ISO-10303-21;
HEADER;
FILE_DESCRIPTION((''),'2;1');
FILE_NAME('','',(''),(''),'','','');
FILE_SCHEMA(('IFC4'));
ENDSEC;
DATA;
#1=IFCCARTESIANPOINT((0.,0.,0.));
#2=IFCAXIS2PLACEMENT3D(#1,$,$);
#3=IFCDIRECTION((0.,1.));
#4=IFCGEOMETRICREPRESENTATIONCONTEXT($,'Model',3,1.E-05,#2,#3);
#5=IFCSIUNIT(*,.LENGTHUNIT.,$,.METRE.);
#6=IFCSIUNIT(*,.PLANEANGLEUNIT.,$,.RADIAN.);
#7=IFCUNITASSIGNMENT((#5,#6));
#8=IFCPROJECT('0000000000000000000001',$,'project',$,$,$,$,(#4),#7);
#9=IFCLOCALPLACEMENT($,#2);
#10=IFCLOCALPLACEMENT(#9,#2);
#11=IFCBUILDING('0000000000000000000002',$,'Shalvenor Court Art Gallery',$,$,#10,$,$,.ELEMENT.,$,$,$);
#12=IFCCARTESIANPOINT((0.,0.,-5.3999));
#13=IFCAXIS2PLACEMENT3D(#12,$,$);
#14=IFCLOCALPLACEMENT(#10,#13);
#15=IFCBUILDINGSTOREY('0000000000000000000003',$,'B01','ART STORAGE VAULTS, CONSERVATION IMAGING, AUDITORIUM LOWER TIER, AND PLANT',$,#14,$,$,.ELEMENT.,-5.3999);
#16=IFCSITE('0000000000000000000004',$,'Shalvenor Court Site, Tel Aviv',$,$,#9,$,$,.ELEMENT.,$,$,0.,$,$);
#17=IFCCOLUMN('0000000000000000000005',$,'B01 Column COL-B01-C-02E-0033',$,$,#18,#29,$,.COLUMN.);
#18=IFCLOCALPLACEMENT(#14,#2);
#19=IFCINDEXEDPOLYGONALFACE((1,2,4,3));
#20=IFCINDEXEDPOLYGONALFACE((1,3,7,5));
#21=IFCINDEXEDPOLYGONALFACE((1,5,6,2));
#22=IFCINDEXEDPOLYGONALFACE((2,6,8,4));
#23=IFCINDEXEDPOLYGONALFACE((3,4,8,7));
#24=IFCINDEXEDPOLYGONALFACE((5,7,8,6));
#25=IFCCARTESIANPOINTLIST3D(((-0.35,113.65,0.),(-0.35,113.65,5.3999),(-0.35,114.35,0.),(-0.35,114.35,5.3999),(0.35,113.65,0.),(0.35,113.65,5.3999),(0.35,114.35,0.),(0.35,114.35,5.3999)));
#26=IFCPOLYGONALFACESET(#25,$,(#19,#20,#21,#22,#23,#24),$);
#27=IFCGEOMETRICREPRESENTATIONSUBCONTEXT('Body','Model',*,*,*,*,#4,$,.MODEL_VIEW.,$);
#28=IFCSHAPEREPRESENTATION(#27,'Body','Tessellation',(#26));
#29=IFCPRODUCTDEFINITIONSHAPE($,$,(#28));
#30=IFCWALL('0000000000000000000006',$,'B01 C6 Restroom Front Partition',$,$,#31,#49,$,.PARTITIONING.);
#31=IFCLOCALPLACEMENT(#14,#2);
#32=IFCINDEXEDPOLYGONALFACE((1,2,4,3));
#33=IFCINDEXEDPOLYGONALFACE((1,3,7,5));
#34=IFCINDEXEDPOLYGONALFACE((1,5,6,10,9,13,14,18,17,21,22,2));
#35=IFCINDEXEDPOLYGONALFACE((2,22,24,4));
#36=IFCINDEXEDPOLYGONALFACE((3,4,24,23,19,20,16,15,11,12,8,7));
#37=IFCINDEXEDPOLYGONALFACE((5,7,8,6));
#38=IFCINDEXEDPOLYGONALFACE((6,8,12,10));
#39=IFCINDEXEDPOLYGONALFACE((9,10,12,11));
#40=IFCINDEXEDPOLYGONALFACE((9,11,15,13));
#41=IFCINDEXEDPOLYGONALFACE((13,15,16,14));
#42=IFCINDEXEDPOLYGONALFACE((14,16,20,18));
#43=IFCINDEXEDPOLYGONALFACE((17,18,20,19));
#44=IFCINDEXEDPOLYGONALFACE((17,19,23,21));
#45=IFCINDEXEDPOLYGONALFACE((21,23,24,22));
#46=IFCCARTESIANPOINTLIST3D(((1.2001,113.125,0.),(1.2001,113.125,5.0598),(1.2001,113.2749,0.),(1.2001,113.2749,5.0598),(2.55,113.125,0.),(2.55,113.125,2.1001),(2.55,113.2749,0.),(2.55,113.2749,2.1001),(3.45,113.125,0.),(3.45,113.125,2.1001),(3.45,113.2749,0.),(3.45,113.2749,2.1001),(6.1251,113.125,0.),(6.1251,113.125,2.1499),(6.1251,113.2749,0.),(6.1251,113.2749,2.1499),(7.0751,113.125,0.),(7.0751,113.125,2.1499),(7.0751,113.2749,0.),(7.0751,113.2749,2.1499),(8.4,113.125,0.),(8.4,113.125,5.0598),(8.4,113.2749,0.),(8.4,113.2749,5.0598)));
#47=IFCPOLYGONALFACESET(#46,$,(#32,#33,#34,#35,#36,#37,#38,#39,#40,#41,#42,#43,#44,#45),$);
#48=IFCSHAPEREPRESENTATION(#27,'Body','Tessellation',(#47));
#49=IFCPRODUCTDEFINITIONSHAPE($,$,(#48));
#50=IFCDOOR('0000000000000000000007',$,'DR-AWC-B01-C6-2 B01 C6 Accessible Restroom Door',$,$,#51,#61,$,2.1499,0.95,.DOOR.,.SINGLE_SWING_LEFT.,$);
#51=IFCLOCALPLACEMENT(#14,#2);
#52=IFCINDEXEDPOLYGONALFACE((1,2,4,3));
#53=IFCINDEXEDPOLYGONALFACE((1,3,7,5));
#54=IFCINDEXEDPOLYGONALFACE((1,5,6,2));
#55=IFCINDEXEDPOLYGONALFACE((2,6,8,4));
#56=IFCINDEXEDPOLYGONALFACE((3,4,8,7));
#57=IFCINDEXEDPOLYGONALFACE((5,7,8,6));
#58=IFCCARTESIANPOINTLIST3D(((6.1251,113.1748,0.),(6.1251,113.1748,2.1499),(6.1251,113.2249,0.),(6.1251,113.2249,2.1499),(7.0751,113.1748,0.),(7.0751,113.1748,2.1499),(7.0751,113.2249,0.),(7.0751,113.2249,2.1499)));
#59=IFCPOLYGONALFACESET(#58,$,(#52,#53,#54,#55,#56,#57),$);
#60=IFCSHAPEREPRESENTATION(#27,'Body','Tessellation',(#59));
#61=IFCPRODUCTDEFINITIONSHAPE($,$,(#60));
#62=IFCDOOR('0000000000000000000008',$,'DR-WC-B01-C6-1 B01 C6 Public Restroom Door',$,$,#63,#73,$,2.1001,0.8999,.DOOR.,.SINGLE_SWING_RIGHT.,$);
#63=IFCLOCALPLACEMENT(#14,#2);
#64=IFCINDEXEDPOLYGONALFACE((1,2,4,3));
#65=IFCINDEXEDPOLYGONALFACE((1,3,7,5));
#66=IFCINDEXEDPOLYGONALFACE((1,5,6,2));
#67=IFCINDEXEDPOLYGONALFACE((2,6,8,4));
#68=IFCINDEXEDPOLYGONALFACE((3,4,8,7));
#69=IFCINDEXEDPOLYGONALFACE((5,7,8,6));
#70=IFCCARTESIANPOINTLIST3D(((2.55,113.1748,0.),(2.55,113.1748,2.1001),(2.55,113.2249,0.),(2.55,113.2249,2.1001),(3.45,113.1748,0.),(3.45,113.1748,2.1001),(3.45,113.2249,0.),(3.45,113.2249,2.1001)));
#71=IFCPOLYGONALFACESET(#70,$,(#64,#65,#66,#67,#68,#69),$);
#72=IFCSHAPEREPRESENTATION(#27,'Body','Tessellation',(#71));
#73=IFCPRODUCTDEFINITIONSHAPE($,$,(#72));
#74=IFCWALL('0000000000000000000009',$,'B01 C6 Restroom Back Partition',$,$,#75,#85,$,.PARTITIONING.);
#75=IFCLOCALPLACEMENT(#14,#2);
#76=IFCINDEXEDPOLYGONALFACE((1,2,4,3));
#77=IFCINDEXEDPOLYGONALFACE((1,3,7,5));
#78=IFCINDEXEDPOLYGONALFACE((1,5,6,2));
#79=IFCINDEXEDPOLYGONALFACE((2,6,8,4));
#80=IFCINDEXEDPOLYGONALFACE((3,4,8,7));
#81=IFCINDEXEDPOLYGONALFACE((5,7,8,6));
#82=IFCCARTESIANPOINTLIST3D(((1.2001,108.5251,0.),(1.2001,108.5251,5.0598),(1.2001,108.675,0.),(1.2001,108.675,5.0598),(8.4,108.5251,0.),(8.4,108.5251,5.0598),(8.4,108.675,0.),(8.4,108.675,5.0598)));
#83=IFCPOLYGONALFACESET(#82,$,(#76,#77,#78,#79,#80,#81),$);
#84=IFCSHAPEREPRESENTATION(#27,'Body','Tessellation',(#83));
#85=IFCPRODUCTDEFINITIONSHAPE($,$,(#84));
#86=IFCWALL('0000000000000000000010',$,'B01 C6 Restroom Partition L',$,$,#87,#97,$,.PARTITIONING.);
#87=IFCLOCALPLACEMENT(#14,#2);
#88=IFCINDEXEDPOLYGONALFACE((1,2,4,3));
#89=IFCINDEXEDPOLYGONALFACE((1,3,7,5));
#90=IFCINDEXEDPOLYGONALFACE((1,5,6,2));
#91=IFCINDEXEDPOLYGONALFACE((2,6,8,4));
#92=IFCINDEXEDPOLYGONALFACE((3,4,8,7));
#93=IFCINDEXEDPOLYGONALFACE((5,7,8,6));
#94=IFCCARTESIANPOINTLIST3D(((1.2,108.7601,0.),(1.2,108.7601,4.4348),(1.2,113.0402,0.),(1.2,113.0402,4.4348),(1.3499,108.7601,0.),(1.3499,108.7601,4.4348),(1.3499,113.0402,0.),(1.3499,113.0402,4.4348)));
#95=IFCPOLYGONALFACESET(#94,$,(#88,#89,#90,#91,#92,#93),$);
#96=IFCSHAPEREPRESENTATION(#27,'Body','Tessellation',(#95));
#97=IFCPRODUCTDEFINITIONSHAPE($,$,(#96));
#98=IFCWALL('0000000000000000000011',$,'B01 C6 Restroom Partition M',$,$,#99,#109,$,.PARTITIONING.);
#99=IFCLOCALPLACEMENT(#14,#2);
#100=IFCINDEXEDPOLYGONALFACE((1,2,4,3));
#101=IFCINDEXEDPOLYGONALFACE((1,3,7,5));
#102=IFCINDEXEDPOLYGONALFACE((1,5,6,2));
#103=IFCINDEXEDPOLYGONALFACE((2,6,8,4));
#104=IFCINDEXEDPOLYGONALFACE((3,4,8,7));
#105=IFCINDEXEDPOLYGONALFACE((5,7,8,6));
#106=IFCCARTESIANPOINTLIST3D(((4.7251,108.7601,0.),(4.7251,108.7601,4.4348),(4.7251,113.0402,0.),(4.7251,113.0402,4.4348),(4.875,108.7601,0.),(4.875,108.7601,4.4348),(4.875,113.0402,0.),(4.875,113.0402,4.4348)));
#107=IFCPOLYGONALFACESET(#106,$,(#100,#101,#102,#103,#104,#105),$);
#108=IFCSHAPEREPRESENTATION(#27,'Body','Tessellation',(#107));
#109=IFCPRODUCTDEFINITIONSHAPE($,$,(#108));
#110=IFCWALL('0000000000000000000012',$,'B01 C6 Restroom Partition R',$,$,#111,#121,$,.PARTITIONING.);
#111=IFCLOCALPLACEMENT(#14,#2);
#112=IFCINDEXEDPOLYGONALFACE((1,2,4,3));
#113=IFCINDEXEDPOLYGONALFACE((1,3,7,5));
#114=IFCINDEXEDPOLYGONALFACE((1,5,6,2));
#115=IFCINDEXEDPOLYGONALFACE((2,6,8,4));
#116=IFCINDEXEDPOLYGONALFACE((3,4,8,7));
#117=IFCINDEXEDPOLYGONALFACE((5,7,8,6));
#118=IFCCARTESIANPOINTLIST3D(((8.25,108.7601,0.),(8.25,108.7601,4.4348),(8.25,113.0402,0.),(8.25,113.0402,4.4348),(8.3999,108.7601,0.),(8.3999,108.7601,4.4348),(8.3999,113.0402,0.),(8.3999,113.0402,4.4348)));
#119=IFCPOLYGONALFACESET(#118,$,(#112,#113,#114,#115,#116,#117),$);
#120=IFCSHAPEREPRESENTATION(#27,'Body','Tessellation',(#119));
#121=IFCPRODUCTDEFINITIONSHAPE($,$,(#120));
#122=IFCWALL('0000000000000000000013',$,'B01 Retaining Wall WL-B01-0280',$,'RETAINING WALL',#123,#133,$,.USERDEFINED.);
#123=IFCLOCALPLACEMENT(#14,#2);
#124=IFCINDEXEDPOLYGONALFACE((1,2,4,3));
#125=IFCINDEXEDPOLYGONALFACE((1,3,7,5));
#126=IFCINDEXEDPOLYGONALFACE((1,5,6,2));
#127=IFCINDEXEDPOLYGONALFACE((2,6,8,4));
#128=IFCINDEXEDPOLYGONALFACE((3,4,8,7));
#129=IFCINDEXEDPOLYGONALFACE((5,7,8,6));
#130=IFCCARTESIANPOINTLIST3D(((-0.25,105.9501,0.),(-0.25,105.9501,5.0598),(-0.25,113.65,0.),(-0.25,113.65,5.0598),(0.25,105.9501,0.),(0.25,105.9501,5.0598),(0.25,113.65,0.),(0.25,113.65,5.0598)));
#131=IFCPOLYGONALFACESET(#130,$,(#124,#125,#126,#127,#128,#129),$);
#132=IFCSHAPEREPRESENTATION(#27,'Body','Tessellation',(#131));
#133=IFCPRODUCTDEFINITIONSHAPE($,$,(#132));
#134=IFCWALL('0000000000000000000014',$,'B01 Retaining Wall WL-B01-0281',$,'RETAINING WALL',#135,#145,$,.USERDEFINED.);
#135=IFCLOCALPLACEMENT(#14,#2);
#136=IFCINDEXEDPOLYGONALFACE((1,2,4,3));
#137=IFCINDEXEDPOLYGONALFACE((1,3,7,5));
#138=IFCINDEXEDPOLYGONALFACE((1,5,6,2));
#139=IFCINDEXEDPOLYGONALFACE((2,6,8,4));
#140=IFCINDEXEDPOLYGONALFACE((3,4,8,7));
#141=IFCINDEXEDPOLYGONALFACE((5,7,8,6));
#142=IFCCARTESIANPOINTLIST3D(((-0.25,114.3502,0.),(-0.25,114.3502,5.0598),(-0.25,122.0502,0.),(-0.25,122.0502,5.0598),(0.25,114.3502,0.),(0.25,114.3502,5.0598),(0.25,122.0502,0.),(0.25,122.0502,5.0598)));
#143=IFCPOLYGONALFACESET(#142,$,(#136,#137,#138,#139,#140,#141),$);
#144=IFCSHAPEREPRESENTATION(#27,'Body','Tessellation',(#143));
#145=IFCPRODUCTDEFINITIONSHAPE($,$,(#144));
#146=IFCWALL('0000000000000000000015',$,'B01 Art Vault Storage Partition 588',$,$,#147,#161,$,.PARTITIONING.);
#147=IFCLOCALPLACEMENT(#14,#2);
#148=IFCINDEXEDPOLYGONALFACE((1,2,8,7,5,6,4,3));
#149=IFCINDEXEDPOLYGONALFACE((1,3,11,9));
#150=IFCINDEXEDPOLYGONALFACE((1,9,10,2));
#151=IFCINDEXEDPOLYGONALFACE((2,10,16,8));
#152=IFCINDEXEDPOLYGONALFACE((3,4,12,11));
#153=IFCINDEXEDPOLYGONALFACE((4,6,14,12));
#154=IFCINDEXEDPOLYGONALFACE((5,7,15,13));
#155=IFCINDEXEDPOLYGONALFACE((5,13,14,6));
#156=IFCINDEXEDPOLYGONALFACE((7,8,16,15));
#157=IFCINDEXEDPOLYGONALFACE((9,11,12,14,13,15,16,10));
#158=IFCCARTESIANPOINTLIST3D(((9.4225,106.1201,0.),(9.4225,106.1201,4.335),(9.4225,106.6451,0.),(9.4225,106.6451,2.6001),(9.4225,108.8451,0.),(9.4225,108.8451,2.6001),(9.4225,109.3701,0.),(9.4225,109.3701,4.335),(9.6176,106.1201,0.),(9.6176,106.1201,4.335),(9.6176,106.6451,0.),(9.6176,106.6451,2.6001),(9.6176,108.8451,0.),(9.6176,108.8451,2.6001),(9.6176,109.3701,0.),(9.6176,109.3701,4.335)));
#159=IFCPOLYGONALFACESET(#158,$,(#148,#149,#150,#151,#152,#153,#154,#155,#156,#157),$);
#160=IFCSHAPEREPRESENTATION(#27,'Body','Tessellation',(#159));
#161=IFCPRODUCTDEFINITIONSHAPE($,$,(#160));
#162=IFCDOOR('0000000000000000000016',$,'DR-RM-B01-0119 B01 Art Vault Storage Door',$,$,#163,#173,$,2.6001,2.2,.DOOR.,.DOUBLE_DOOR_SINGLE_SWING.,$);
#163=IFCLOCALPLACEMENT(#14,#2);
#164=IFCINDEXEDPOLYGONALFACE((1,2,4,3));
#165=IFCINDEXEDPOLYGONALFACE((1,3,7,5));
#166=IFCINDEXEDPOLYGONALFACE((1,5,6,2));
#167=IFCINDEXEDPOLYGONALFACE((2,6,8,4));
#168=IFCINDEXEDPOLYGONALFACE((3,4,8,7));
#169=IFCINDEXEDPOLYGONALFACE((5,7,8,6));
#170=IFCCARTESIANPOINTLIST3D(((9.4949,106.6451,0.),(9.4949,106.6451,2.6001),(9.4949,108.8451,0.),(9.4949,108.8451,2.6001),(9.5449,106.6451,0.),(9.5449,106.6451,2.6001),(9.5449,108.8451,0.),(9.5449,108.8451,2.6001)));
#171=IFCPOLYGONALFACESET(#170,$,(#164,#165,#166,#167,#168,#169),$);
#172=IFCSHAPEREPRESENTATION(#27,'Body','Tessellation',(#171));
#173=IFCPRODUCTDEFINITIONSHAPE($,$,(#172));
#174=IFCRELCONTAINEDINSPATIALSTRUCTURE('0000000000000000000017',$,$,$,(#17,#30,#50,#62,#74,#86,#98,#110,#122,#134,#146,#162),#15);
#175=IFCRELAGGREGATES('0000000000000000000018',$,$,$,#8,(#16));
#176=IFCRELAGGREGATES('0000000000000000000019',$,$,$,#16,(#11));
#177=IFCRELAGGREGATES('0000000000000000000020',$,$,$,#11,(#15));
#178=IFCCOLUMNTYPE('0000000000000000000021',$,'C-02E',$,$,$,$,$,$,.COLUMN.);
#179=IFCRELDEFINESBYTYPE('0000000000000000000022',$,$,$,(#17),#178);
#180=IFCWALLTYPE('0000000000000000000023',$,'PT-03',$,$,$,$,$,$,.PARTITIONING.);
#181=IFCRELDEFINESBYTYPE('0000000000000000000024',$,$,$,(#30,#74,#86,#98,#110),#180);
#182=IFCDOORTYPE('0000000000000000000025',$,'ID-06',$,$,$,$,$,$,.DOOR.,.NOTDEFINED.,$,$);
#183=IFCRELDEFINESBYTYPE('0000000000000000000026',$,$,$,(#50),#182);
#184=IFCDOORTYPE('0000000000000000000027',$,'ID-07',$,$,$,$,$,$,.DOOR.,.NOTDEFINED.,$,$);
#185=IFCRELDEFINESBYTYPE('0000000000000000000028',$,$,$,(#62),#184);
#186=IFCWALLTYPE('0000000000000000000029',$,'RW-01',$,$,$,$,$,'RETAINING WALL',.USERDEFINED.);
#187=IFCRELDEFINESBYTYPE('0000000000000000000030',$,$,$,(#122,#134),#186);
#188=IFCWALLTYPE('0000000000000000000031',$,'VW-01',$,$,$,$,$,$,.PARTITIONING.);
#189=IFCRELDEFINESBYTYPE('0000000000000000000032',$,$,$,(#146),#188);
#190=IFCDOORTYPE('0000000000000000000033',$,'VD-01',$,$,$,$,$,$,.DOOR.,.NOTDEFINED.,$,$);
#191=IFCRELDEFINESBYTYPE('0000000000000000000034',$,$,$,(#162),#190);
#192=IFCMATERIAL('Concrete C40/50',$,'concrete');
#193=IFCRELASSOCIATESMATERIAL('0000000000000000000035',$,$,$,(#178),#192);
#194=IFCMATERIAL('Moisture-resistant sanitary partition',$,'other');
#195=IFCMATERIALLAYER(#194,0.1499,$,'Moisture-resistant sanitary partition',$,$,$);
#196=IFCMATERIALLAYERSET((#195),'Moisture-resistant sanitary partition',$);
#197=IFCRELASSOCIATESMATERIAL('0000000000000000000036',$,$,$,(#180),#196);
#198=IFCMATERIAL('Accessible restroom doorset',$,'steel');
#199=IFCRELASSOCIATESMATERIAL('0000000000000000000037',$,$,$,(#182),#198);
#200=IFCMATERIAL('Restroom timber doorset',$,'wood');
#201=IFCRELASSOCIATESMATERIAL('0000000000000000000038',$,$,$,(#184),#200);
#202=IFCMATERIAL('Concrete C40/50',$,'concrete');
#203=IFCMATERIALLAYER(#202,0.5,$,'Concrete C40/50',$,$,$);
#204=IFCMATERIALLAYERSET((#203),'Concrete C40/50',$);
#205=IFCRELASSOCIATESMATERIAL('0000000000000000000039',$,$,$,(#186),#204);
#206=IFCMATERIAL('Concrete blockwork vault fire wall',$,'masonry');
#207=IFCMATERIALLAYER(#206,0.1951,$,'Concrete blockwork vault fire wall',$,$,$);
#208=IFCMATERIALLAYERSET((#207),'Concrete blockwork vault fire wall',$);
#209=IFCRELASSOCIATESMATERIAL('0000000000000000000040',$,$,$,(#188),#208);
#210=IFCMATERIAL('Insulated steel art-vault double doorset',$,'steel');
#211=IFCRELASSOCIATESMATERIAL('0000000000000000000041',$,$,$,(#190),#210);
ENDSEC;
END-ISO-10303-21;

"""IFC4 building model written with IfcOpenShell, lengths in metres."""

from ifc_helpers import new_model, si_unit, direction, frame, frame_2d, origin, origin_2d, place, context, subcontext, project, spatial, rectangle, extrude, material, layer, layer_set, material_profile, profile_set, type_object, element, fill, save


model = new_model("IFC4")

# Units and contexts
model_context = context("Model", 3, precision=1e-05, world=origin(), true_north=direction((0.0, 1.0)))
body_context = subcontext(model_context, "Body", "Model", "MODEL_VIEW")
ifc_project = project(units=[si_unit("LENGTHUNIT", "METRE"), si_unit("PLANEANGLEUNIT", "RADIAN")], contexts=[model_context])

# Site, building, storey
site_placement = place(None, origin())
site = spatial("IfcSite", under=ifc_project, at=site_placement, Name="Shalvenor Court Site, Tel Aviv", CompositionType="ELEMENT", RefElevation=0.0)
building_placement = place(site_placement, origin())
building = spatial("IfcBuilding", under=site, at=building_placement, Name="Shalvenor Court Art Gallery", CompositionType="ELEMENT")
storey_placement = place(building_placement, frame((0.0, 0.0, -5.3999)))
storey = spatial("IfcBuildingStorey", under=building, at=storey_placement, Name="B01", Description="ART STORAGE VAULTS, CONSERVATION IMAGING, AUDITORIUM LOWER TIER, AND PLANT", CompositionType="ELEMENT", Elevation=-5.3999)

# Column
ifc_material_1 = material(Name="Concrete C40/50", Category="concrete")
ifc_material_profile_1 = material_profile(ifc_material_1, rectangle(XDim=0.7, YDim=0.7, at=origin_2d()), Name="RC 700x700")
ifc_profile_set_1 = profile_set([ifc_material_profile_1], Name="Concrete C40/50")
column_type_1 = type_object("IfcColumnType", Name="C-02E", PredefinedType="COLUMN", material=ifc_profile_set_1)
column_1_placement = place(storey_placement, frame((0.0, 114.0, 0.0), z_axis=(0.0, 0.0, 1.0), x_axis=(1.0, 0.0, 0.0)))
element("IfcColumn", 1, at=column_1_placement, inside=storey, type_object=column_type_1, Name="B01 Column COL-B01-C-02E-0033", PredefinedType="COLUMN", context=body_context, shape_type="SweptSolid", body=[
    extrude(rectangle(XDim=0.7, YDim=0.7, at=origin_2d()), origin(), (0.0, 0.0, 1.0), 5.3999),
])

# Wall, openings, doors
ifc_material_2 = material(Name="Moisture-resistant sanitary partition", Category="other")
ifc_layer_1 = layer(ifc_material_2, 0.1499, Name="Moisture-resistant sanitary partition")
ifc_layer_set_1 = layer_set([ifc_layer_1], Name="Moisture-resistant sanitary partition")
wall_type_1 = type_object("IfcWallType", Name="PT-03", PredefinedType="PARTITIONING", material=ifc_layer_set_1)
wall_1_placement = place(storey_placement, frame((1.2, 113.2, 0.0), z_axis=(0.0, 0.0, 1.0), x_axis=(1.0, 0.0, 0.0)))
wall_1 = element("IfcWall", 2, at=wall_1_placement, inside=storey, type_object=wall_type_1, Name="B01 C6 Restroom Front Partition", PredefinedType="PARTITIONING", context=body_context, shape_type="SweptSolid", body=[
    extrude(rectangle(XDim=7.2, YDim=0.1499, at=frame_2d((3.6001, 0.0))), origin(), (0.0, 0.0, 1.0), 5.0598),
])
opening_1_placement = place(wall_1_placement, frame((1.3501, 0.0, 0.0)))
opening_1 = element("IfcOpeningElement", 3, at=opening_1_placement, cuts=wall_1, PredefinedType="OPENING", context=body_context, shape_type="SweptSolid", body=[
    extrude(rectangle(XDim=0.8999, YDim=2.1001, at=frame_2d((0.45, 1.05))), frame((0.0, 0.085, 0.0), z_axis=(0.0, -1.0, 0.0), x_axis=(1.0, 0.0, 0.0)), (0.0, 0.0, 1.0), 0.1699),
])
opening_2_placement = place(wall_1_placement, frame((4.925, 0.0, 0.0)))
opening_2 = element("IfcOpeningElement", 4, at=opening_2_placement, cuts=wall_1, PredefinedType="OPENING", context=body_context, shape_type="SweptSolid", body=[
    extrude(rectangle(XDim=0.95, YDim=2.1499, at=frame_2d((0.4751, 1.075))), frame((0.0, 0.085, 0.0), z_axis=(0.0, -1.0, 0.0), x_axis=(1.0, 0.0, 0.0)), (0.0, 0.0, 1.0), 0.1699),
])
ifc_material_3 = material(Name="Accessible restroom doorset", Category="steel")
door_type_1 = type_object("IfcDoorType", Name="ID-06", OperationType="NOTDEFINED", PredefinedType="DOOR", material=ifc_material_3)
door_1_placement = place(opening_2_placement, origin())
door_1 = element("IfcDoor", 5, at=door_1_placement, inside=storey, type_object=door_type_1, Name="DR-AWC-B01-C6-2 B01 C6 Accessible Restroom Door", OperationType="SINGLE_SWING_LEFT", OverallHeight=2.1499, OverallWidth=0.95, PredefinedType="DOOR", context=body_context, shape_type="SweptSolid", body=[
    extrude(rectangle(XDim=0.95, YDim=2.1499, at=frame_2d((0.4751, 1.075))), frame((0.0, 0.0249, 0.0), z_axis=(0.0, -1.0, 0.0), x_axis=(1.0, 0.0, 0.0)), (0.0, 0.0, 1.0), 0.05),
])
fill(opening_2, door_1)
ifc_material_4 = material(Name="Restroom timber doorset", Category="wood")
door_type_2 = type_object("IfcDoorType", Name="ID-07", OperationType="NOTDEFINED", PredefinedType="DOOR", material=ifc_material_4)
door_2_placement = place(opening_1_placement, origin())
door_2 = element("IfcDoor", 6, at=door_2_placement, inside=storey, type_object=door_type_2, Name="DR-WC-B01-C6-1 B01 C6 Public Restroom Door", OperationType="SINGLE_SWING_RIGHT", OverallHeight=2.1001, OverallWidth=0.8999, PredefinedType="DOOR", context=body_context, shape_type="SweptSolid", body=[
    extrude(rectangle(XDim=0.8999, YDim=2.1001, at=frame_2d((0.45, 1.05))), frame((0.0, 0.0249, 0.0), z_axis=(0.0, -1.0, 0.0), x_axis=(1.0, 0.0, 0.0)), (0.0, 0.0, 1.0), 0.05),
])
fill(opening_1, door_2)

# Walls
wall_2_placement = place(storey_placement, frame((1.2, 108.6001, 0.0), z_axis=(0.0, 0.0, 1.0), x_axis=(1.0, 0.0, 0.0)))
element("IfcWall", 7, at=wall_2_placement, inside=storey, type_object=wall_type_1, Name="B01 C6 Restroom Back Partition", PredefinedType="PARTITIONING", context=body_context, shape_type="SweptSolid", body=[
    extrude(rectangle(XDim=7.2, YDim=0.1499, at=frame_2d((3.6001, 0.0))), origin(), (0.0, 0.0, 1.0), 5.0598),
])
for number, where, z_axis, x_axis, name in (
    (8, (1.2749, 108.76, 0.0), (0.0, 0.0, 1.0), (0.0, 1.0, 0.0), "B01 C6 Restroom Partition L"),
    (9, (4.8, 108.76, 0.0), (0.0, 0.0, 1.0), (0.0, 1.0, 0.0), "B01 C6 Restroom Partition M"),
    (10, (8.325, 108.76, 0.0), (0.0, 0.0, 1.0), (0.0, 1.0, 0.0), "B01 C6 Restroom Partition R"),
):
    element("IfcWall", number, at=place(storey_placement, frame(where, z_axis=z_axis, x_axis=x_axis)), inside=storey, type_object=wall_type_1, Name=name, PredefinedType="PARTITIONING", context=body_context, shape_type="SweptSolid", body=[
        extrude(rectangle(XDim=4.28, YDim=0.1499, at=frame_2d((2.1401, 0.0))), origin(), (0.0, 0.0, 1.0), 4.4348),
    ])
ifc_material_5 = material(Name="Concrete C40/50", Category="concrete")
ifc_layer_2 = layer(ifc_material_5, 0.5, Name="Concrete C40/50")
ifc_layer_set_2 = layer_set([ifc_layer_2], Name="Concrete C40/50")
wall_type_2 = type_object("IfcWallType", Name="RW-01", ElementType="RETAINING WALL", PredefinedType="USERDEFINED", material=ifc_layer_set_2)
for number, where, z_axis, x_axis, name in (
    (11, (0.0, 105.95, 0.0), (0.0, 0.0, 1.0), (0.0, 1.0, 0.0), "B01 Retaining Wall WL-B01-0280"),
    (12, (0.0, 114.3501, 0.0), (0.0, 0.0, 1.0), (0.0, 1.0, 0.0), "B01 Retaining Wall WL-B01-0281"),
):
    element("IfcWall", number, at=place(storey_placement, frame(where, z_axis=z_axis, x_axis=x_axis)), inside=storey, type_object=wall_type_2, Name=name, ObjectType="RETAINING WALL", PredefinedType="USERDEFINED", context=body_context, shape_type="SweptSolid", body=[
        extrude(rectangle(XDim=7.7, YDim=0.5, at=frame_2d((3.8501, 0.0))), origin(), (0.0, 0.0, 1.0), 5.0598),
    ])

# Wall, opening, door
ifc_material_6 = material(Name="Concrete blockwork vault fire wall", Category="masonry")
ifc_layer_3 = layer(ifc_material_6, 0.1951, Name="Concrete blockwork vault fire wall")
ifc_layer_set_3 = layer_set([ifc_layer_3], Name="Concrete blockwork vault fire wall")
wall_type_3 = type_object("IfcWallType", Name="VW-01", PredefinedType="PARTITIONING", material=ifc_layer_set_3)
wall_3_placement = place(storey_placement, frame((9.52, 109.3701, 0.0), z_axis=(0.0, 0.0, 1.0), x_axis=(0.0, -1.0, 0.0)))
wall_3 = element("IfcWall", 13, at=wall_3_placement, inside=storey, type_object=wall_type_3, Name="B01 Art Vault Storage Partition 588", PredefinedType="PARTITIONING", context=body_context, shape_type="SweptSolid", body=[
    extrude(rectangle(XDim=3.25, YDim=0.1951, at=frame_2d((1.625, 0.0))), origin(), (0.0, 0.0, 1.0), 4.335),
])
opening_3_placement = place(wall_3_placement, frame((0.5249, 0.0, 0.0)))
opening_3 = element("IfcOpeningElement", 14, at=opening_3_placement, cuts=wall_3, PredefinedType="OPENING", context=body_context, shape_type="SweptSolid", body=[
    extrude(rectangle(XDim=2.2, YDim=2.6001, at=frame_2d((1.1001, 1.3))), frame((0.0, 0.1074, 0.0), z_axis=(0.0, -1.0, 0.0), x_axis=(1.0, 0.0, 0.0)), (0.0, 0.0, 1.0), 0.2151),
])
ifc_material_7 = material(Name="Insulated steel art-vault double doorset", Category="steel")
door_type_3 = type_object("IfcDoorType", Name="VD-01", OperationType="NOTDEFINED", PredefinedType="DOOR", material=ifc_material_7)
door_3_placement = place(opening_3_placement, origin())
door_3 = element("IfcDoor", 15, at=door_3_placement, inside=storey, type_object=door_type_3, Name="DR-RM-B01-0119 B01 Art Vault Storage Door", OperationType="DOUBLE_DOOR_SINGLE_SWING", OverallHeight=2.6001, OverallWidth=2.2, PredefinedType="DOOR", context=body_context, shape_type="SweptSolid", body=[
    extrude(rectangle(XDim=2.2, YDim=2.6001, at=frame_2d((1.1001, 1.3))), frame((0.0, 0.0249, 0.0), z_axis=(0.0, -1.0, 0.0), x_axis=(1.0, 0.0, 0.0)), (0.0, 0.0, 1.0), 0.05),
])
fill(opening_3, door_3)

save(model, "model.ifc")
